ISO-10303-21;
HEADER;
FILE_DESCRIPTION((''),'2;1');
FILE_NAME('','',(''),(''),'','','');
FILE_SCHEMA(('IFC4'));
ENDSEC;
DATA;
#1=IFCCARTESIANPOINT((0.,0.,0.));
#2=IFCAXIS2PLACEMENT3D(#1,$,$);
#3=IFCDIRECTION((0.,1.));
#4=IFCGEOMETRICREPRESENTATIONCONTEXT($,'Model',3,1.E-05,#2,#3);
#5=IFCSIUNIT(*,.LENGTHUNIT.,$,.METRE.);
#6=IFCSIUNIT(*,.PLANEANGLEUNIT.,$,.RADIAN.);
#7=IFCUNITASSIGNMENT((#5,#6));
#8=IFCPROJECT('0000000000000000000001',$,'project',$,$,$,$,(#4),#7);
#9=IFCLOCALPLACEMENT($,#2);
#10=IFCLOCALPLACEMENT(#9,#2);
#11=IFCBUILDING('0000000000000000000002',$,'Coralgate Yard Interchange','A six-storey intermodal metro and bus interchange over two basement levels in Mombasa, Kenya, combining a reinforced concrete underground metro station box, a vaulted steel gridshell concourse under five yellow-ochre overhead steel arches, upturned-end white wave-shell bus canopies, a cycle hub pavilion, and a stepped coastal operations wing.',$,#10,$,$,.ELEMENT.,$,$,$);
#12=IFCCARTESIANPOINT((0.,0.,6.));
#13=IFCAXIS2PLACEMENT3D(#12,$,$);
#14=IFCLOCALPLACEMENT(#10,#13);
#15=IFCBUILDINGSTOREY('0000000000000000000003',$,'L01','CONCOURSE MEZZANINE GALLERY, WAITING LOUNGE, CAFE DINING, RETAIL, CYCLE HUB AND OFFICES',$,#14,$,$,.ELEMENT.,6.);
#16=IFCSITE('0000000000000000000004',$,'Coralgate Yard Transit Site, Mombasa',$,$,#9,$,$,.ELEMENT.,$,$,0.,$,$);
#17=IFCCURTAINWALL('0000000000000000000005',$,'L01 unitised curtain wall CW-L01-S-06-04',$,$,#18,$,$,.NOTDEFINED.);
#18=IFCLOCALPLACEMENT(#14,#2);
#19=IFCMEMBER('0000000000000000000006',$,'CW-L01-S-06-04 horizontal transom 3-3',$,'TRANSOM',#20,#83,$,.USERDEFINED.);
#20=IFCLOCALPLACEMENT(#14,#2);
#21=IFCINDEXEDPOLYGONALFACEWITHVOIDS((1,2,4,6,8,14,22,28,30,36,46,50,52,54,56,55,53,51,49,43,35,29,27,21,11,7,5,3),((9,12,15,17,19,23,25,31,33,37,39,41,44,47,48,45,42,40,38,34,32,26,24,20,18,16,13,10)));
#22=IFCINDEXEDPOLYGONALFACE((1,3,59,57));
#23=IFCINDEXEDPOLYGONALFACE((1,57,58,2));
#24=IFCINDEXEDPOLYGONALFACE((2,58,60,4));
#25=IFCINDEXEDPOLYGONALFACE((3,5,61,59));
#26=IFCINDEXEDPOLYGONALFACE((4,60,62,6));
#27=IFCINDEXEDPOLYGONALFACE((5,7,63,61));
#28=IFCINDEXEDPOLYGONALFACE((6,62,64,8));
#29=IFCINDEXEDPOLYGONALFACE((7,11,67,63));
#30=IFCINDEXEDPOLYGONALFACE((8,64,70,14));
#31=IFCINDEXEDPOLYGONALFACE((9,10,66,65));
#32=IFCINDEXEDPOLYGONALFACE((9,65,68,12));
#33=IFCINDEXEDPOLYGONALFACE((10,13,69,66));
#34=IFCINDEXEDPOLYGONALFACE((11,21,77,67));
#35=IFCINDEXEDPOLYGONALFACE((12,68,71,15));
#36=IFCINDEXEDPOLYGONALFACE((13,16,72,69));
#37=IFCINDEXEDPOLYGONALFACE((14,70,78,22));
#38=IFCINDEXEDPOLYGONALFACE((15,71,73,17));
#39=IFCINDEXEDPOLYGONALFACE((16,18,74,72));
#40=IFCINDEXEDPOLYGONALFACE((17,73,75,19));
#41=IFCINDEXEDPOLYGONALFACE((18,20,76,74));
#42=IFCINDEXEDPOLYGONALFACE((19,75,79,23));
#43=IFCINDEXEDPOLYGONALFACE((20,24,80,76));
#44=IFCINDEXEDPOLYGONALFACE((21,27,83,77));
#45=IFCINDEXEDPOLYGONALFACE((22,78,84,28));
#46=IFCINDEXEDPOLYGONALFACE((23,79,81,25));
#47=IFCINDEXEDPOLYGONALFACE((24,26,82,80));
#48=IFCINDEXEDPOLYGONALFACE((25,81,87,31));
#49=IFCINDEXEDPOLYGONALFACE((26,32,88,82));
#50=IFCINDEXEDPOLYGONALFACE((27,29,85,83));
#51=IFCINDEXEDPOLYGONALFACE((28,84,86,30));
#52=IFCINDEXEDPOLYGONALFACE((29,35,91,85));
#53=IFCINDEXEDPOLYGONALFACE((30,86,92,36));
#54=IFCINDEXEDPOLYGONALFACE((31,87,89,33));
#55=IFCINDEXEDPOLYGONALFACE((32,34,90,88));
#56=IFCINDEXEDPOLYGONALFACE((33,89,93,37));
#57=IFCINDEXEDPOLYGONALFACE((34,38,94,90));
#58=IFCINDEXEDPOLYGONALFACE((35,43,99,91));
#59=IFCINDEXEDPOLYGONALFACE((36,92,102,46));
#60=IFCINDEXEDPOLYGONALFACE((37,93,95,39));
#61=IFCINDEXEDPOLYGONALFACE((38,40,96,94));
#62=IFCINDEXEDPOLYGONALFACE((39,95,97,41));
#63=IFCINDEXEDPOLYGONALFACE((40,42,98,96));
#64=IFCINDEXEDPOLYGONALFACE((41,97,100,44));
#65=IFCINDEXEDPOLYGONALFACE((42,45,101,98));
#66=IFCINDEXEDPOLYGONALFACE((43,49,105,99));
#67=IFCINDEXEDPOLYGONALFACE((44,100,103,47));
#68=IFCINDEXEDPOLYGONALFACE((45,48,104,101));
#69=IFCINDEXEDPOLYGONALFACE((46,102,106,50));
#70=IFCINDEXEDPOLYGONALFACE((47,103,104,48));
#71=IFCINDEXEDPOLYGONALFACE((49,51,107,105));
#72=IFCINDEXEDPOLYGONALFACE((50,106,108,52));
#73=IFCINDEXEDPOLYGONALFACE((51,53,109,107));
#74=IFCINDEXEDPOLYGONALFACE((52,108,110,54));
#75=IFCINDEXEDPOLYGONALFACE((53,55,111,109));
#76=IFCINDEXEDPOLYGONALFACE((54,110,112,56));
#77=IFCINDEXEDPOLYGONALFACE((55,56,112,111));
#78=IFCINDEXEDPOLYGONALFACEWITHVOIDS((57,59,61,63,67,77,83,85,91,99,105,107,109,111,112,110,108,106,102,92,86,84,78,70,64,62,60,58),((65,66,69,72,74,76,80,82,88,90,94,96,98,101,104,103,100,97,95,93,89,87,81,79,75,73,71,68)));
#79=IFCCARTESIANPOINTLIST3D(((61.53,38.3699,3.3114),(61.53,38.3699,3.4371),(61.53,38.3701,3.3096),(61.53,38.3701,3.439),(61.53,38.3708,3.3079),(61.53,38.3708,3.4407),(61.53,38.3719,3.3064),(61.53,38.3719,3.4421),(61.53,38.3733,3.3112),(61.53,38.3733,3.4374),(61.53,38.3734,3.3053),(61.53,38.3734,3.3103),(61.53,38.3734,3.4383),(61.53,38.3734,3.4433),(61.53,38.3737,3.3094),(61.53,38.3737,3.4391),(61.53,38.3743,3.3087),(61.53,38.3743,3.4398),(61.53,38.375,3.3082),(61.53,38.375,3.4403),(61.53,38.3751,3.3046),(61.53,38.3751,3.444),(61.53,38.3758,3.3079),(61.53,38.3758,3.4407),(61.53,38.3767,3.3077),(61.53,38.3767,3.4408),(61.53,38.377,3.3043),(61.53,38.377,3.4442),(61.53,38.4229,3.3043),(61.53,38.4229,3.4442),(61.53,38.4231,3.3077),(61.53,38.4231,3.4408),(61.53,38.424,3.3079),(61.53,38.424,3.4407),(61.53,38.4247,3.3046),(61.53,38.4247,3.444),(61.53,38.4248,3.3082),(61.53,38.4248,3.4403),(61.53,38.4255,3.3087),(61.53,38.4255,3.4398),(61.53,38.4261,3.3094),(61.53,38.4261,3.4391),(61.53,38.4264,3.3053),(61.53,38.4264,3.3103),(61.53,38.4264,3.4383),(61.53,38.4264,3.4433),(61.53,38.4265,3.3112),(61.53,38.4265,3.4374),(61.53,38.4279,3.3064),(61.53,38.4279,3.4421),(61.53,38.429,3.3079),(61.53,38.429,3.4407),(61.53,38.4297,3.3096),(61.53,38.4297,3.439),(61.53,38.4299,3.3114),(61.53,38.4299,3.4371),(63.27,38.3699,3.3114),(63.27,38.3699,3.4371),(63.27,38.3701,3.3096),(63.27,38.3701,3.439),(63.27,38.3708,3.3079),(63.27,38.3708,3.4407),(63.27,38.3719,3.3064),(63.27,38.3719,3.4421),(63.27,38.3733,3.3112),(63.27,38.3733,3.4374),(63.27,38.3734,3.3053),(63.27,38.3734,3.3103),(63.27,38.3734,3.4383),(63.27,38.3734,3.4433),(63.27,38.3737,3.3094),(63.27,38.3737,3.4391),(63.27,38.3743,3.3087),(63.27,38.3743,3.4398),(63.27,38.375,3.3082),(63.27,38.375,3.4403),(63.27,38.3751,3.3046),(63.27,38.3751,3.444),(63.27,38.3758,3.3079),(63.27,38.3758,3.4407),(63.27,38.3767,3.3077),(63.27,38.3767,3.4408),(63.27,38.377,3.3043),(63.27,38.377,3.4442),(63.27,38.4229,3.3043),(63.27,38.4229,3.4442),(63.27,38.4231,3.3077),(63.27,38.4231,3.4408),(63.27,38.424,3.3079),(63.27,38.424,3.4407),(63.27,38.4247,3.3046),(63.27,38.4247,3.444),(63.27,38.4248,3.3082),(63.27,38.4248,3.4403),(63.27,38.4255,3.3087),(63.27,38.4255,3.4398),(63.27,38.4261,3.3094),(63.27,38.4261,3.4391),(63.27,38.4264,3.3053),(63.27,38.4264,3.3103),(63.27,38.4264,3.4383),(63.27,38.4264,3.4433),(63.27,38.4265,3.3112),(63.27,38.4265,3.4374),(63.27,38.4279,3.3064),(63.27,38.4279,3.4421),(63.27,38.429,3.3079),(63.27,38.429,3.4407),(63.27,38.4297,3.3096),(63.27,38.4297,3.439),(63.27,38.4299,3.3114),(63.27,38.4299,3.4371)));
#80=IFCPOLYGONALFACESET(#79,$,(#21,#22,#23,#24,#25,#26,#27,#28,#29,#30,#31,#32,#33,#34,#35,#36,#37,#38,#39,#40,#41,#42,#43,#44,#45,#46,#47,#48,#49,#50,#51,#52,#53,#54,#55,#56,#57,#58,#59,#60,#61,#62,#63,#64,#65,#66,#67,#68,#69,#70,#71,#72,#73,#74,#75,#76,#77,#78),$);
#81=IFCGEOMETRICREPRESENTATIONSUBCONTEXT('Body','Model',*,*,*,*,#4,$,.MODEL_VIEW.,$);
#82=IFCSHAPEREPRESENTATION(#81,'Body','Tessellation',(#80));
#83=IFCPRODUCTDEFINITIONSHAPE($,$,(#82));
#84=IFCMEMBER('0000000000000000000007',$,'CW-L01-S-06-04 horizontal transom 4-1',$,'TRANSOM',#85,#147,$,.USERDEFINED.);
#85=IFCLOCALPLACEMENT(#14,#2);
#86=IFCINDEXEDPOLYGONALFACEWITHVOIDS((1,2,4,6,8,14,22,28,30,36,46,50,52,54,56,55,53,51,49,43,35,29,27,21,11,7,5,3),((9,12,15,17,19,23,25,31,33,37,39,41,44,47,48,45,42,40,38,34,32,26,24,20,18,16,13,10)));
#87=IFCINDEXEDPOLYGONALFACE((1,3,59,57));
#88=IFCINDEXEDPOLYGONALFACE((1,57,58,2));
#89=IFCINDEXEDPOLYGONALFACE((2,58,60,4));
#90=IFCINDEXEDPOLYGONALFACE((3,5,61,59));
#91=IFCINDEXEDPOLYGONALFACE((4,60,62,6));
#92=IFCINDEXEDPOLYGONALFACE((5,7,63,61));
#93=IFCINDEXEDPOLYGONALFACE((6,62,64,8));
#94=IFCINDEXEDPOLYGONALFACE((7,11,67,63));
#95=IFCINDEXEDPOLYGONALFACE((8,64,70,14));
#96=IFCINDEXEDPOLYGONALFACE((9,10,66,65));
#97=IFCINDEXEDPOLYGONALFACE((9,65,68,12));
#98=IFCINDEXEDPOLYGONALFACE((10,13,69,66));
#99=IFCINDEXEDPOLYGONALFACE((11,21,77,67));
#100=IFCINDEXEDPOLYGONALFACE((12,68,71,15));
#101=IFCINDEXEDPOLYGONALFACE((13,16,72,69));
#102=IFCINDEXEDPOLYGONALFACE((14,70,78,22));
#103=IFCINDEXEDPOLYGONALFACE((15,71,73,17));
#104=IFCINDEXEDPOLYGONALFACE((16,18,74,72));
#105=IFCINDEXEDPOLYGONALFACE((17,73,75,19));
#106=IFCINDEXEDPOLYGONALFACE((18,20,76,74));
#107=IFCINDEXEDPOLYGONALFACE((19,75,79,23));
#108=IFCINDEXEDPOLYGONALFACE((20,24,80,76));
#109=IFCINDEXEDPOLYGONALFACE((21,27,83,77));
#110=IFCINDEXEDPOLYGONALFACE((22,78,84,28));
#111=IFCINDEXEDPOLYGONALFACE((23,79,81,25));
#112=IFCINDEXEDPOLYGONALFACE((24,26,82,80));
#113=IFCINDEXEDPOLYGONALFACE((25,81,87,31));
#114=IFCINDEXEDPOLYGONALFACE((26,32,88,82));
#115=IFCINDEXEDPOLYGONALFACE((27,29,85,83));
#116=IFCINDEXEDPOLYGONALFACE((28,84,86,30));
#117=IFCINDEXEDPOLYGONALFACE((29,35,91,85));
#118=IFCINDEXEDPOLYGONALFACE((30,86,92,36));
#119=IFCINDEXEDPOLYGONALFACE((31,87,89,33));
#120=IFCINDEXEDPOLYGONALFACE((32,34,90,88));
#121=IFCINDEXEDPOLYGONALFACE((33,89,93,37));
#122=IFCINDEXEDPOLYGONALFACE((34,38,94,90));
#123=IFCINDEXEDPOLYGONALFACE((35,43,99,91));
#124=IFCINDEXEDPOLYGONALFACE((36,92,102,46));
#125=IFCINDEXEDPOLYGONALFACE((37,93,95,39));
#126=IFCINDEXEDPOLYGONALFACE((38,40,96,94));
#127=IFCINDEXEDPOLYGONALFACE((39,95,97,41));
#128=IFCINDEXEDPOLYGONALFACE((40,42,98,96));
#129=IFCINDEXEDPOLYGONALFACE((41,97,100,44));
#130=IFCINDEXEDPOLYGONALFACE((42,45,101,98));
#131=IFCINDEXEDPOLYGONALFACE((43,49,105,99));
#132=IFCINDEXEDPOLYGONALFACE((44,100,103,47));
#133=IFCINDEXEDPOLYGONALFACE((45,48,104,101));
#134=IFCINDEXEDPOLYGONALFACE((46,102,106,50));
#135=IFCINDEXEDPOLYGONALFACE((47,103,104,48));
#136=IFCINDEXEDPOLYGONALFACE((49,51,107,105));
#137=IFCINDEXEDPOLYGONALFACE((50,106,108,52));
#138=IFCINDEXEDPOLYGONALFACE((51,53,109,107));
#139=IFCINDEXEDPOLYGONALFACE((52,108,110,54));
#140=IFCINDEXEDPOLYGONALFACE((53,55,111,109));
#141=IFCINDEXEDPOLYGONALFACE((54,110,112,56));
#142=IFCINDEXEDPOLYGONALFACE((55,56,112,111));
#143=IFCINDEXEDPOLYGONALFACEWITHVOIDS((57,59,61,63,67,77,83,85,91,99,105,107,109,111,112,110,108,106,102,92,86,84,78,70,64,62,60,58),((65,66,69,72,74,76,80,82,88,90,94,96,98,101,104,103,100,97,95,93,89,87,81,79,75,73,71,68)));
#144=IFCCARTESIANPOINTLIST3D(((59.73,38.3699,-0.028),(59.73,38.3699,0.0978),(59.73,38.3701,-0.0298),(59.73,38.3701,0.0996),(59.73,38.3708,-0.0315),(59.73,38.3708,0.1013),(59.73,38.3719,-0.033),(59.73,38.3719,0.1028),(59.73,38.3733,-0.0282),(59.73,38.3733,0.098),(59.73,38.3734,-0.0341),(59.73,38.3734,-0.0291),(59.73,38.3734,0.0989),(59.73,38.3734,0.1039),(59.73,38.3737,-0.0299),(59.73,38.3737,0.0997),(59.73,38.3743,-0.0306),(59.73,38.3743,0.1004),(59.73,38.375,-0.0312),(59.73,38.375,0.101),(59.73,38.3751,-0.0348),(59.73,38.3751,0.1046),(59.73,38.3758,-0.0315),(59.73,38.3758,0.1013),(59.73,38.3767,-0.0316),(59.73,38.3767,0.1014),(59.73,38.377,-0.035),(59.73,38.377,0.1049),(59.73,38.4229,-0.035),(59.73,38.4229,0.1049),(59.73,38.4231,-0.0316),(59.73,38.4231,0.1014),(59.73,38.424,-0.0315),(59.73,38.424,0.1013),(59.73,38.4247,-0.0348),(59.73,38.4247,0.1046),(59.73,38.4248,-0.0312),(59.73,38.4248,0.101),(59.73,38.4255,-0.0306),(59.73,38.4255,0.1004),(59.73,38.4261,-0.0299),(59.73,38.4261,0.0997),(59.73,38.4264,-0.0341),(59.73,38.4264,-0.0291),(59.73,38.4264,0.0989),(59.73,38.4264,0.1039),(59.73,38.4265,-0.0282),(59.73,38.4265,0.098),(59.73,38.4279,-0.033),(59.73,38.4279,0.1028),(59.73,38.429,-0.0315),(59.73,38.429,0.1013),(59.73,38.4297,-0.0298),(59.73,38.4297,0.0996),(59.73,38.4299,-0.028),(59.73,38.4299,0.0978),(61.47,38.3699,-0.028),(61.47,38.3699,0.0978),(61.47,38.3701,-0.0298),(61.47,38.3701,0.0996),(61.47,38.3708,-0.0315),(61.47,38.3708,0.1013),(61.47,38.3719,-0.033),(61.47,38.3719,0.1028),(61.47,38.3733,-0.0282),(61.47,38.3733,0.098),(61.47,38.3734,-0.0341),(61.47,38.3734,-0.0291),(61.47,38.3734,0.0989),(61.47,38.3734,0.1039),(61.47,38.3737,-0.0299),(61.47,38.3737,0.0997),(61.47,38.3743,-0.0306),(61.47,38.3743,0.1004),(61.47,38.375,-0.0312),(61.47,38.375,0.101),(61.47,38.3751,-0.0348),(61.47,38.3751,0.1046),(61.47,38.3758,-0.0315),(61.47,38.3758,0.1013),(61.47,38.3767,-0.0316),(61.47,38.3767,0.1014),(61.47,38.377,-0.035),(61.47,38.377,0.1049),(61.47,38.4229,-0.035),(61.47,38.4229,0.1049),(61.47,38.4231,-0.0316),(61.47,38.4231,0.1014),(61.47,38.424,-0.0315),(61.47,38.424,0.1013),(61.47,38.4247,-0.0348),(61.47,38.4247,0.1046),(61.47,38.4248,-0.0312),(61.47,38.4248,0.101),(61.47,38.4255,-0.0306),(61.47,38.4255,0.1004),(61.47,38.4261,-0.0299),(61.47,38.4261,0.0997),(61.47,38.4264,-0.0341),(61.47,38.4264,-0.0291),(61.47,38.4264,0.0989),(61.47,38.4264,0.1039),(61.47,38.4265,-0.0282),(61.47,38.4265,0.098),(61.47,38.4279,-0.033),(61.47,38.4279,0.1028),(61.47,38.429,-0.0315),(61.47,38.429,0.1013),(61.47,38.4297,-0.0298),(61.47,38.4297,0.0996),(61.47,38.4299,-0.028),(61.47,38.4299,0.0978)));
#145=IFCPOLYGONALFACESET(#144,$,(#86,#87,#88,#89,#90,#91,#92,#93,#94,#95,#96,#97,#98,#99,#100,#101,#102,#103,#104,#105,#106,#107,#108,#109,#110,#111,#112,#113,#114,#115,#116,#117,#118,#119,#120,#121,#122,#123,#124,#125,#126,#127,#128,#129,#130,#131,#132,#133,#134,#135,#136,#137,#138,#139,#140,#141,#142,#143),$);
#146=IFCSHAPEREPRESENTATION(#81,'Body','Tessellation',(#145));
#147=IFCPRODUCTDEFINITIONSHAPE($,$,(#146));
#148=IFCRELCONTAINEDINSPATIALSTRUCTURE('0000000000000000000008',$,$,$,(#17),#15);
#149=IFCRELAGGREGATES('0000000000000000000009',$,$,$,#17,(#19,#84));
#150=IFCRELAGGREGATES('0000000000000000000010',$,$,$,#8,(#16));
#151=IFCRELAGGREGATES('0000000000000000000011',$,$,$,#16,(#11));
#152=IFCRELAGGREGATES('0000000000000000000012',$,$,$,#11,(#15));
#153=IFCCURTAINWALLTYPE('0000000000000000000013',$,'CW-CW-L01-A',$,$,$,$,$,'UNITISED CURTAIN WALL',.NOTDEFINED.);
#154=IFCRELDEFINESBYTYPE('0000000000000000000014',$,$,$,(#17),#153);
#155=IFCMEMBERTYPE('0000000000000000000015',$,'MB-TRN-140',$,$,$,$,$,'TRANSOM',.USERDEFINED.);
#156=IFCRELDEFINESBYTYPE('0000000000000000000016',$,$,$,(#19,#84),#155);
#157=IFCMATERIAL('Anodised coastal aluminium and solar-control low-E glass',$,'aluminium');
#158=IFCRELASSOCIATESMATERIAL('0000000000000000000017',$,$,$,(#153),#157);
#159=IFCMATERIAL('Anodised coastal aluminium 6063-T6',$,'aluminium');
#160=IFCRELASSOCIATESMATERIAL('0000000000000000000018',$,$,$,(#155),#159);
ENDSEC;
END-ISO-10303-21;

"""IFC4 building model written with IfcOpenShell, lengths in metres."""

from ifc_helpers import new_model, si_unit, direction, frame, origin, origin_2d, place, context, subcontext, project, spatial, hollow_rectangle, extrude, material, material_profile, profile_set, type_object, element, aggregate, save


model = new_model("IFC4")

# Units and contexts
model_context = context("Model", 3, precision=1e-05, world=origin(), true_north=direction((0.0, 1.0)))
body_context = subcontext(model_context, "Body", "Model", "MODEL_VIEW")
ifc_project = project(units=[si_unit("LENGTHUNIT", "METRE"), si_unit("PLANEANGLEUNIT", "RADIAN")], contexts=[model_context])

# Site, building, storey
site_placement = place(None, origin())
site = spatial("IfcSite", under=ifc_project, at=site_placement, Name="Coralgate Yard Transit Site, Mombasa", CompositionType="ELEMENT", RefElevation=0.0)
building_placement = place(site_placement, origin())
building = spatial("IfcBuilding", under=site, at=building_placement, Name="Coralgate Yard Interchange", Description="A six-storey intermodal metro and bus interchange over two basement levels in Mombasa, Kenya, combining a reinforced concrete underground metro station box, a vaulted steel gridshell concourse under five yellow-ochre overhead steel arches, upturned-end white wave-shell bus canopies, a cycle hub pavilion, and a stepped coastal operations wing.", CompositionType="ELEMENT")
storey_placement = place(building_placement, frame((0.0, 0.0, 6.0)))
storey = spatial("IfcBuildingStorey", under=building, at=storey_placement, Name="L01", Description="CONCOURSE MEZZANINE GALLERY, WAITING LOUNGE, CAFE DINING, RETAIL, CYCLE HUB AND OFFICES", CompositionType="ELEMENT", Elevation=6.0)

# Curtain wall, members
ifc_material_1 = material(Name="Anodised coastal aluminium and solar-control low-E glass", Category="aluminium")
curtain_wall_type = type_object("IfcCurtainWallType", Name="CW-CW-L01-A", ElementType="UNITISED CURTAIN WALL", PredefinedType="NOTDEFINED", material=ifc_material_1)
curtain_wall_placement = place(storey_placement, origin())
curtain_wall = element("IfcCurtainWall", 1, at=curtain_wall_placement, inside=storey, type_object=curtain_wall_type, Name="L01 unitised curtain wall CW-L01-S-06-04", PredefinedType="NOTDEFINED")
ifc_material_2 = material(Name="Anodised coastal aluminium 6063-T6", Category="aluminium")
ifc_material_profile_1 = material_profile(ifc_material_2, hollow_rectangle(XDim=0.0601, YDim=0.1399, WallThickness=0.0034, InnerFilletRadius=0.0034, OuterFilletRadius=0.0071, at=origin_2d()), Name="ALU 60x140x3.5")
ifc_profile_set_1 = profile_set([ifc_material_profile_1], Name="Anodised coastal aluminium 6063-T6")
member_type_1 = type_object("IfcMemberType", Name="MB-TRN-140", ElementType="TRANSOM", PredefinedType="USERDEFINED", material=ifc_profile_set_1)
member_1_placement = place(storey_placement, frame((63.27, 38.3999, 3.3743), z_axis=(-1.0, 0.0, 0.0), x_axis=(0.0, -1.0, 0.0)))
member_1 = element("IfcMember", 2, at=member_1_placement, type_object=member_type_1, Name="CW-L01-S-06-04 horizontal transom 3-3", ObjectType="TRANSOM", PredefinedType="USERDEFINED", context=body_context, shape_type="SweptSolid", body=[
    extrude(hollow_rectangle(XDim=0.0601, YDim=0.1399, WallThickness=0.0034, InnerFilletRadius=0.0034, OuterFilletRadius=0.0071, at=origin_2d()), origin(), (0.0, 0.0, 1.0), 1.74),
])
member_2_placement = place(storey_placement, frame((61.47, 38.3999, 0.0349), z_axis=(-1.0, 0.0, 0.0), x_axis=(0.0, -1.0, 0.0)))
member_2 = element("IfcMember", 3, at=member_2_placement, type_object=member_type_1, Name="CW-L01-S-06-04 horizontal transom 4-1", ObjectType="TRANSOM", PredefinedType="USERDEFINED", context=body_context, shape_type="SweptSolid", body=[
    extrude(hollow_rectangle(XDim=0.0601, YDim=0.1399, WallThickness=0.0034, InnerFilletRadius=0.0034, OuterFilletRadius=0.0071, at=origin_2d()), origin(), (0.0, 0.0, 1.0), 1.74),
])
aggregate(curtain_wall, [member_1, member_2])

save(model, "model.ifc")
